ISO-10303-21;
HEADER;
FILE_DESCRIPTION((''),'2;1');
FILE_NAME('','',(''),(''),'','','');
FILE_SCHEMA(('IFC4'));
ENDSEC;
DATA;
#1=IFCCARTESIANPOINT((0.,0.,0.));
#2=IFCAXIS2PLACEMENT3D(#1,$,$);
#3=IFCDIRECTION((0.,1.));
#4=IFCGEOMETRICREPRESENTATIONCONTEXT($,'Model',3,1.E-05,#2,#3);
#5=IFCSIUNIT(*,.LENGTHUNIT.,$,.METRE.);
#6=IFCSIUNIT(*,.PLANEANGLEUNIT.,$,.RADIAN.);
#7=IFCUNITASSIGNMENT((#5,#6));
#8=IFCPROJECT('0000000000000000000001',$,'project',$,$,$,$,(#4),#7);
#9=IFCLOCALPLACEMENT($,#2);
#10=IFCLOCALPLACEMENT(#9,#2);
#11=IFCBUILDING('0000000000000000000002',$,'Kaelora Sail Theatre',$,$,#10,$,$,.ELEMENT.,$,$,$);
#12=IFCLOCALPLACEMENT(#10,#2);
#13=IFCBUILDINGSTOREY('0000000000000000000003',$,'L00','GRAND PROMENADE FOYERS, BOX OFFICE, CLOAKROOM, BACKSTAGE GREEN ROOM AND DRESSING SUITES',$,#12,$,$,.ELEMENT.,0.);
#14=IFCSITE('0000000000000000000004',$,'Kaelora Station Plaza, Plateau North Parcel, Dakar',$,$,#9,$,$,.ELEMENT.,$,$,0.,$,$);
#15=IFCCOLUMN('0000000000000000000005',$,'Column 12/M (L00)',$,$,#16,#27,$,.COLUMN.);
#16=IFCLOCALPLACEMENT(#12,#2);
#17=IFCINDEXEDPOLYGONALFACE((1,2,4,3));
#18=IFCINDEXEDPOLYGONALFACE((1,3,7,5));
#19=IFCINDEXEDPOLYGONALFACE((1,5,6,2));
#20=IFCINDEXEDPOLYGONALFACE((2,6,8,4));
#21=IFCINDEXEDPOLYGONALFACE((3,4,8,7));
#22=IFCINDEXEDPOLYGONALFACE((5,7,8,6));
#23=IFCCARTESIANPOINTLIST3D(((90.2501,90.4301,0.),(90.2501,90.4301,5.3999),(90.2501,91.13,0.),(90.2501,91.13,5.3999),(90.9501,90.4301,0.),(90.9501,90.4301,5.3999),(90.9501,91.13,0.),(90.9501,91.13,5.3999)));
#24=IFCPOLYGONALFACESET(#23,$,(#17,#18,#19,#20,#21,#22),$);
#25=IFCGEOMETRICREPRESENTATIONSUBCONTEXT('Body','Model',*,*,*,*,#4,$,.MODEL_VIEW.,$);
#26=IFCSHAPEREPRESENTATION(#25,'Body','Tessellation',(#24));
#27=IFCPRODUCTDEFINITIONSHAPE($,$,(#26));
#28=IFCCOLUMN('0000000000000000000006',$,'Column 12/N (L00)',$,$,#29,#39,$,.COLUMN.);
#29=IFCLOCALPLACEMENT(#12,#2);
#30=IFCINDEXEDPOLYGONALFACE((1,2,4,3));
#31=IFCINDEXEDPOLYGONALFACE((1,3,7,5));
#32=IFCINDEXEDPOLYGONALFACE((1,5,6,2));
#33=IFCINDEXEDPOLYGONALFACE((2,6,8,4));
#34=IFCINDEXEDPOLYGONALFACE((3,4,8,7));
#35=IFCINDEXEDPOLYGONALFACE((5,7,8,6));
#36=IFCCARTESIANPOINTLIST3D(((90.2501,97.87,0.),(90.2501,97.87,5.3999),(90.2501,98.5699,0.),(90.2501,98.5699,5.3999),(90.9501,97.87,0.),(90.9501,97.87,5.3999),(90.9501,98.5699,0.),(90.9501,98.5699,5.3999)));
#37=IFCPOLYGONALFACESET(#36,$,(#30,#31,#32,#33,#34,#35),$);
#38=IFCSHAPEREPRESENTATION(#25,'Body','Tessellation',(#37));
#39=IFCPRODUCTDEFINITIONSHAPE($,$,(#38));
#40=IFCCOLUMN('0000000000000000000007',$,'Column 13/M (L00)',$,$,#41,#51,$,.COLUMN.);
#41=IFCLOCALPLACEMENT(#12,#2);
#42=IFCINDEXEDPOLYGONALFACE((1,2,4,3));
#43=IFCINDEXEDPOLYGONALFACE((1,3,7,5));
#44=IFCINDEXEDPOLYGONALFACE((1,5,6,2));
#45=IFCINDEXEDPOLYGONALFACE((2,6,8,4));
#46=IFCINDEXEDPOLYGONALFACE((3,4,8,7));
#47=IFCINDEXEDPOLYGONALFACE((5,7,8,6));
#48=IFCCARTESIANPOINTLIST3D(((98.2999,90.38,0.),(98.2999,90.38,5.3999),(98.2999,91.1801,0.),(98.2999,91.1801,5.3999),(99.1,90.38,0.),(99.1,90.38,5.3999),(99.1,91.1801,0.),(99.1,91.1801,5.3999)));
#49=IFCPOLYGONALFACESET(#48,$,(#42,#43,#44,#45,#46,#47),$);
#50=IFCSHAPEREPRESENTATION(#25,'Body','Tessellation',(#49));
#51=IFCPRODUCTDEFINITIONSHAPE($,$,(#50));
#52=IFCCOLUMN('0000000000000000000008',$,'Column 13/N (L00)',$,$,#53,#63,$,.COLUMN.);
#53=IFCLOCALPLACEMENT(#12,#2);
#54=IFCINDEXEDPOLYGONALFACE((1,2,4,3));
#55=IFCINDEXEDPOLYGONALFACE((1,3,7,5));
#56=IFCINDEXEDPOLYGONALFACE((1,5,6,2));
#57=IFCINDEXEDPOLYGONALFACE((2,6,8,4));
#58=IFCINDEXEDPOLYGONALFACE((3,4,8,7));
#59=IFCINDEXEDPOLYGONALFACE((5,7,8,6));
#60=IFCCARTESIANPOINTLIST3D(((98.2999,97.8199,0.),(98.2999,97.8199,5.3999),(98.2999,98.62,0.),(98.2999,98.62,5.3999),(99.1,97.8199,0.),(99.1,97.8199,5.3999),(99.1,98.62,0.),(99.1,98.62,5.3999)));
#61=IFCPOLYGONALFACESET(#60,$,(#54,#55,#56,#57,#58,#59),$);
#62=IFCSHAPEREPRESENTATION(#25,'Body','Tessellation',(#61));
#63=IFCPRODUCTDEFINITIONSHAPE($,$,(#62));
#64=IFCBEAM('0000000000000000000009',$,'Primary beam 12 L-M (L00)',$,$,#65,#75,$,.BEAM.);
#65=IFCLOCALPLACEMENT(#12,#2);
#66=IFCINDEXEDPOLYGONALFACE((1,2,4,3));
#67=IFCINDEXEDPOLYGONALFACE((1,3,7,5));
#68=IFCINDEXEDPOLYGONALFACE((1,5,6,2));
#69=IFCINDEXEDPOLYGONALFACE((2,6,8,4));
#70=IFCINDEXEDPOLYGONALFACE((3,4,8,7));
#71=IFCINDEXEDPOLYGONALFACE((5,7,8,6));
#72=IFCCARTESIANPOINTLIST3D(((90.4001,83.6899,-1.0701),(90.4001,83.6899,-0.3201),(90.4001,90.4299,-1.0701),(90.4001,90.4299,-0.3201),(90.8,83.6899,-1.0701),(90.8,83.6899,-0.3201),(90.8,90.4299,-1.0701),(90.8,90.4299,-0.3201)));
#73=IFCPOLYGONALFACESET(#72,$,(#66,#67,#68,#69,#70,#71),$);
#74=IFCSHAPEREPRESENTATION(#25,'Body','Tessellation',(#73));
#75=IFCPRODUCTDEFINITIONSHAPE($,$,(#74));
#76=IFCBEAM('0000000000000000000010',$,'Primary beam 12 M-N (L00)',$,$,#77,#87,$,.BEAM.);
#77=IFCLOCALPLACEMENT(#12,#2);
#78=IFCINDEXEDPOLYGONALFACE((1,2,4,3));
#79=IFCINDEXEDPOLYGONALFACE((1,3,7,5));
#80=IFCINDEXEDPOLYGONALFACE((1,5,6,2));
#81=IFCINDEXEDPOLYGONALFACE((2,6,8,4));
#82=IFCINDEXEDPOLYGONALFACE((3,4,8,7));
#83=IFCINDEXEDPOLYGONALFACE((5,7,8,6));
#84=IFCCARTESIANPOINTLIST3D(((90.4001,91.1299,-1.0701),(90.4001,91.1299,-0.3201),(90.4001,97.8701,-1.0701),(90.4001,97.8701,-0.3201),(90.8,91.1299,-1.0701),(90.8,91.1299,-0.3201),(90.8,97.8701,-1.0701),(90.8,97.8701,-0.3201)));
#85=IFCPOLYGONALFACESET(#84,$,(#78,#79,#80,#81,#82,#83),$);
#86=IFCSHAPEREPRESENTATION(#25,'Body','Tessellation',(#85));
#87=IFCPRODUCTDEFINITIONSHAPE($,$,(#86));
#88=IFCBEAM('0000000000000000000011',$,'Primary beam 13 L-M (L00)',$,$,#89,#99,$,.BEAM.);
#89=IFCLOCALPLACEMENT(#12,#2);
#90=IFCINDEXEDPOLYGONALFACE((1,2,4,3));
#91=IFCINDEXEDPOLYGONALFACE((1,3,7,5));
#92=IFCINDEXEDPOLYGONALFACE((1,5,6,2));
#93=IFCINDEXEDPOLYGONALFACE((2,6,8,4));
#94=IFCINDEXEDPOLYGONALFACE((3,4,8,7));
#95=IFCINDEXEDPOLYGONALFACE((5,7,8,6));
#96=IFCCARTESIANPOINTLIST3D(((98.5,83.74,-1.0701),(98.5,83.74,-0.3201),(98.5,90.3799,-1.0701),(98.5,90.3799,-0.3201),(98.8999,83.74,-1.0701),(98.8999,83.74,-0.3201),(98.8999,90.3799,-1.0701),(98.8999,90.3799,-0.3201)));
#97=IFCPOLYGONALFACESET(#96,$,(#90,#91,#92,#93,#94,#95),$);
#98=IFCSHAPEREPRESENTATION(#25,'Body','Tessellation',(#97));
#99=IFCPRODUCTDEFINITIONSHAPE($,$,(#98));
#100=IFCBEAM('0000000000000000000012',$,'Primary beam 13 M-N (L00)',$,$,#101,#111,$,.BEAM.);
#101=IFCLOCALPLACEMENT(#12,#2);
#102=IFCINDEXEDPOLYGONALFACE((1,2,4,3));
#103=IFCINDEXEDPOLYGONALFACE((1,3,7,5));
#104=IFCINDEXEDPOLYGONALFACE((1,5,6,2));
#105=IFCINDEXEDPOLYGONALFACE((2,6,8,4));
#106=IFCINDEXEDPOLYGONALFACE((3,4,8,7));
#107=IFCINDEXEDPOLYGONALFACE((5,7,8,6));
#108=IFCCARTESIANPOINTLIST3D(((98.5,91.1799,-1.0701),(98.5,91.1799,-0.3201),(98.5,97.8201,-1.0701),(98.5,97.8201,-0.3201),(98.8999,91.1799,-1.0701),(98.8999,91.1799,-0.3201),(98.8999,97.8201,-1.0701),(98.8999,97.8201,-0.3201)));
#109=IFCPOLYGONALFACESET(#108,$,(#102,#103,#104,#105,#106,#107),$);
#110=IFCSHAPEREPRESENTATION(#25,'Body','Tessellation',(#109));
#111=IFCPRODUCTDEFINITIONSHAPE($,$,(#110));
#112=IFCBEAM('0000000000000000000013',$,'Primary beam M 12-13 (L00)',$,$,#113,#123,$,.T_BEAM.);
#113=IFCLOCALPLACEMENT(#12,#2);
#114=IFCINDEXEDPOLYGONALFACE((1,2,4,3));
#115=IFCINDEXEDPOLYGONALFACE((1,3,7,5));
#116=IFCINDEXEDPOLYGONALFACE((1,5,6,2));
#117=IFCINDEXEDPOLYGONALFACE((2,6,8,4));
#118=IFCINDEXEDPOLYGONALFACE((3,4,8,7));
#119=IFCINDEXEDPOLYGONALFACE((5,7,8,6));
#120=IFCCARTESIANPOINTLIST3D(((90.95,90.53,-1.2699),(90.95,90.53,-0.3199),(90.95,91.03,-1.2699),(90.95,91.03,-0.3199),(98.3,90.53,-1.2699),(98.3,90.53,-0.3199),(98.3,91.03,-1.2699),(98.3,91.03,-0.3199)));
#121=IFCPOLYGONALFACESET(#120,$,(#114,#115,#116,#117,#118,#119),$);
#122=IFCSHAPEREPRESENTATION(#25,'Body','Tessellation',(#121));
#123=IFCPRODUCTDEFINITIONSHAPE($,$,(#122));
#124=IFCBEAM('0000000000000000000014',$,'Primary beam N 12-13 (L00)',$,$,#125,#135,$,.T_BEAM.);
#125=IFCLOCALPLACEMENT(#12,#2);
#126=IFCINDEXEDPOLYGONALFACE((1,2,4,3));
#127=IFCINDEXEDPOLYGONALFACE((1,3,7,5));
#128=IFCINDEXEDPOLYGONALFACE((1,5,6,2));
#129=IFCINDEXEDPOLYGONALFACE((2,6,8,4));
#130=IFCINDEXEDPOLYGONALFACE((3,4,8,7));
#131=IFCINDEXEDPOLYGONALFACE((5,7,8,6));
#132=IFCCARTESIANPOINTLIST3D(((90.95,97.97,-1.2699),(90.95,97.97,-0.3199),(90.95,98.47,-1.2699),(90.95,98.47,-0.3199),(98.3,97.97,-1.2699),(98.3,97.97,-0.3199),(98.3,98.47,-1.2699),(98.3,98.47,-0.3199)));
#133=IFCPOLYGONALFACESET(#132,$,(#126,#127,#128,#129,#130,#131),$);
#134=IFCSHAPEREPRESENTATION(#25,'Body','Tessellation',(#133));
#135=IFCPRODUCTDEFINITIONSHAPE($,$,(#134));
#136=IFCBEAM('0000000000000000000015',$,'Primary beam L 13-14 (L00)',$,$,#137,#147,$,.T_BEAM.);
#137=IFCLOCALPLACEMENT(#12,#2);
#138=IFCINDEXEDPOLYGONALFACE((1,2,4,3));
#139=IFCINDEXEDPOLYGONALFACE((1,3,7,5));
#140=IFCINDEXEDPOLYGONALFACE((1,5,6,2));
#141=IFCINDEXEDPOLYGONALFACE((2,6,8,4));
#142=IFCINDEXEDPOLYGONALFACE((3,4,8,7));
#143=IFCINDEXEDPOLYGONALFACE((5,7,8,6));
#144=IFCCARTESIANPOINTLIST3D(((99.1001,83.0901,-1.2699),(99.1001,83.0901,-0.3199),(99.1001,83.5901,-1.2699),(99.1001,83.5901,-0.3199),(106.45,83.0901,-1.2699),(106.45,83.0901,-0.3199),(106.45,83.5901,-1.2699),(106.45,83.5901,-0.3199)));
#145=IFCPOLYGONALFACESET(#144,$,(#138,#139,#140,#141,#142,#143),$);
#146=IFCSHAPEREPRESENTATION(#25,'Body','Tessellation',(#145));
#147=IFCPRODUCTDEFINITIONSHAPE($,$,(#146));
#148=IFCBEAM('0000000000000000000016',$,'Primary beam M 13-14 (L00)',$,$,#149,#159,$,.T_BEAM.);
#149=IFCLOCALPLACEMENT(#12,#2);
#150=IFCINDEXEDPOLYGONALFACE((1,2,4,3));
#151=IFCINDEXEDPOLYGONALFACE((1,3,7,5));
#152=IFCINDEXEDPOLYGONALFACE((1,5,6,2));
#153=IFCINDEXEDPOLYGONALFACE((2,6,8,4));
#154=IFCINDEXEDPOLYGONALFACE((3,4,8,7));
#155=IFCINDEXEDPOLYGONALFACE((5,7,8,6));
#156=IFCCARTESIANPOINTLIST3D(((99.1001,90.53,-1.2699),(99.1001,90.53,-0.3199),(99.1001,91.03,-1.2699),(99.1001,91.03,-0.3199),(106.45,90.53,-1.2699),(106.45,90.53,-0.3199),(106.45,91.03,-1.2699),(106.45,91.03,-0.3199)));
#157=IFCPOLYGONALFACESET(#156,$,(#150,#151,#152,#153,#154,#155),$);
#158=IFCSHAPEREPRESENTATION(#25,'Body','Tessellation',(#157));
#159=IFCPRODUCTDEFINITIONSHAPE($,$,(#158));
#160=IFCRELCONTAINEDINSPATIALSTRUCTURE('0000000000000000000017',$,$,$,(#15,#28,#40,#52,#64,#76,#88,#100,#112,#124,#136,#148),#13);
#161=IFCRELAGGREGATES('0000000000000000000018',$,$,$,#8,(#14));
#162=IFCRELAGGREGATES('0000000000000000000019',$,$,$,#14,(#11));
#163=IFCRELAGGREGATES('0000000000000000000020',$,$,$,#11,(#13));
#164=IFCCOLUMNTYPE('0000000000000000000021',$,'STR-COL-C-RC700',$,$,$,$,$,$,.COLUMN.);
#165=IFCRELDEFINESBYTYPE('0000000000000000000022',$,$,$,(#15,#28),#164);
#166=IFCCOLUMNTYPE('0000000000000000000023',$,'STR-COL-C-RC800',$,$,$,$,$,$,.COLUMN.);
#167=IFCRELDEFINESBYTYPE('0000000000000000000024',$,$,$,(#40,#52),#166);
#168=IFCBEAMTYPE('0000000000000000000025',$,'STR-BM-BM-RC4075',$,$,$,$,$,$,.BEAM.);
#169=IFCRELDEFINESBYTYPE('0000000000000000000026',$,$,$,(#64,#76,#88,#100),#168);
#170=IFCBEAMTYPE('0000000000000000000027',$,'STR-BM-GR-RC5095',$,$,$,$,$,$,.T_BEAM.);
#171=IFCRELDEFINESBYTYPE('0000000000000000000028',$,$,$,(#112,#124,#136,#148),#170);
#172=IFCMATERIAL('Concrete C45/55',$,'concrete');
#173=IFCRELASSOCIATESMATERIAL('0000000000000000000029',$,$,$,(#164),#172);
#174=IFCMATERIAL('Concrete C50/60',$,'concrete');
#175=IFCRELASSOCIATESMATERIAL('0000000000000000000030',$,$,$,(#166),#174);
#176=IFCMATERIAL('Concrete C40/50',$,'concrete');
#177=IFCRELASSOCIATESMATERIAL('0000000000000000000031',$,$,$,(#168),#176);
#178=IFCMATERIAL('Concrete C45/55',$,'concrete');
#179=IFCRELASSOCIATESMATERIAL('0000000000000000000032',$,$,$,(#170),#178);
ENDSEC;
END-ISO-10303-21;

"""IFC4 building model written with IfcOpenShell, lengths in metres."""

from ifc_helpers import new_model, si_unit, direction, frame, origin, origin_2d, place, context, subcontext, project, spatial, rectangle, extrude, material, material_profile, profile_set, type_object, element, save


model = new_model("IFC4")

# Units and contexts
model_context = context("Model", 3, precision=1e-05, world=origin(), true_north=direction((0.0, 1.0)))
body_context = subcontext(model_context, "Body", "Model", "MODEL_VIEW")
ifc_project = project(units=[si_unit("LENGTHUNIT", "METRE"), si_unit("PLANEANGLEUNIT", "RADIAN")], contexts=[model_context])

# Site, building, storey
site_placement = place(None, origin())
site = spatial("IfcSite", under=ifc_project, at=site_placement, Name="Kaelora Station Plaza, Plateau North Parcel, Dakar", CompositionType="ELEMENT", RefElevation=0.0)
building_placement = place(site_placement, origin())
building = spatial("IfcBuilding", under=site, at=building_placement, Name="Kaelora Sail Theatre", CompositionType="ELEMENT")
storey_placement = place(building_placement, origin())
storey = spatial("IfcBuildingStorey", under=building, at=storey_placement, Name="L00", Description="GRAND PROMENADE FOYERS, BOX OFFICE, CLOAKROOM, BACKSTAGE GREEN ROOM AND DRESSING SUITES", CompositionType="ELEMENT", Elevation=0.0)

# Columns
ifc_material_1 = material(Name="Concrete C45/55", Category="concrete")
ifc_material_profile_1 = material_profile(ifc_material_1, rectangle(XDim=0.7, YDim=0.7, at=origin_2d()), Name="RC-COL 700x700")
ifc_profile_set_1 = profile_set([ifc_material_profile_1], Name="Concrete C45/55")
column_type_1 = type_object("IfcColumnType", Name="STR-COL-C-RC700", PredefinedType="COLUMN", material=ifc_profile_set_1)
for number, where, z_axis, x_axis, name in (
    (1, (90.6001, 90.78, 0.0), (0.0, 0.0, 1.0), (1.0, 0.0, 0.0), "Column 12/M (L00)"),
    (2, (90.6001, 98.22, 0.0), (0.0, 0.0, 1.0), (1.0, 0.0, 0.0), "Column 12/N (L00)"),
):
    element("IfcColumn", number, at=place(storey_placement, frame(where, z_axis=z_axis, x_axis=x_axis)), inside=storey, type_object=column_type_1, Name=name, PredefinedType="COLUMN", context=body_context, shape_type="SweptSolid", body=[
        extrude(rectangle(XDim=0.7, YDim=0.7, at=origin_2d()), origin(), (0.0, 0.0, 1.0), 5.3999),
    ])
ifc_material_2 = material(Name="Concrete C50/60", Category="concrete")
ifc_material_profile_2 = material_profile(ifc_material_2, rectangle(XDim=0.8, YDim=0.8, at=origin_2d()), Name="RC-COL 800x800")
ifc_profile_set_2 = profile_set([ifc_material_profile_2], Name="Concrete C50/60")
column_type_2 = type_object("IfcColumnType", Name="STR-COL-C-RC800", PredefinedType="COLUMN", material=ifc_profile_set_2)
for number, where, z_axis, x_axis, name in (
    (3, (98.7, 90.78, 0.0), (0.0, 0.0, 1.0), (1.0, 0.0, 0.0), "Column 13/M (L00)"),
    (4, (98.7, 98.22, 0.0), (0.0, 0.0, 1.0), (1.0, 0.0, 0.0), "Column 13/N (L00)"),
):
    element("IfcColumn", number, at=place(storey_placement, frame(where, z_axis=z_axis, x_axis=x_axis)), inside=storey, type_object=column_type_2, Name=name, PredefinedType="COLUMN", context=body_context, shape_type="SweptSolid", body=[
        extrude(rectangle(XDim=0.8, YDim=0.8, at=origin_2d()), origin(), (0.0, 0.0, 1.0), 5.3999),
    ])

# Beams
ifc_material_3 = material(Name="Concrete C40/50", Category="concrete")
ifc_material_profile_3 = material_profile(ifc_material_3, rectangle(XDim=0.3999, YDim=0.75, at=origin_2d()), Name="RC-BM 400x750")
ifc_profile_set_3 = profile_set([ifc_material_profile_3], Name="Concrete C40/50")
beam_type_1 = type_object("IfcBeamType", Name="STR-BM-BM-RC4075", PredefinedType="BEAM", material=ifc_profile_set_3)
beam_1_placement = place(storey_placement, frame((90.6001, 83.6899, -0.6951), z_axis=(0.0, 1.0, 0.0), x_axis=(-1.0, 0.0, 0.0)))
element("IfcBeam", 5, at=beam_1_placement, inside=storey, type_object=beam_type_1, Name="Primary beam 12 L-M (L00)", PredefinedType="BEAM", context=body_context, shape_type="SweptSolid", body=[
    extrude(rectangle(XDim=0.3999, YDim=0.75, at=origin_2d()), origin(), (0.0, 0.0, 1.0), 6.74),
])
beam_2_placement = place(storey_placement, frame((90.6001, 91.1299, -0.6951), z_axis=(0.0, 1.0, 0.0), x_axis=(-1.0, 0.0, 0.0)))
element("IfcBeam", 6, at=beam_2_placement, inside=storey, type_object=beam_type_1, Name="Primary beam 12 M-N (L00)", PredefinedType="BEAM", context=body_context, shape_type="SweptSolid", body=[
    extrude(rectangle(XDim=0.3999, YDim=0.75, at=origin_2d()), origin(), (0.0, 0.0, 1.0), 6.7402),
])
beam_3_placement = place(storey_placement, frame((98.7, 83.74, -0.6951), z_axis=(0.0, 1.0, 0.0), x_axis=(-1.0, 0.0, 0.0)))
element("IfcBeam", 7, at=beam_3_placement, inside=storey, type_object=beam_type_1, Name="Primary beam 13 L-M (L00)", PredefinedType="BEAM", context=body_context, shape_type="SweptSolid", body=[
    extrude(rectangle(XDim=0.3999, YDim=0.75, at=origin_2d()), origin(), (0.0, 0.0, 1.0), 6.6399),
])
beam_4_placement = place(storey_placement, frame((98.7, 91.1799, -0.6951), z_axis=(0.0, 1.0, 0.0), x_axis=(-1.0, 0.0, 0.0)))
element("IfcBeam", 8, at=beam_4_placement, inside=storey, type_object=beam_type_1, Name="Primary beam 13 M-N (L00)", PredefinedType="BEAM", context=body_context, shape_type="SweptSolid", body=[
    extrude(rectangle(XDim=0.3999, YDim=0.75, at=origin_2d()), origin(), (0.0, 0.0, 1.0), 6.6401),
])
ifc_material_4 = material(Name="Concrete C45/55", Category="concrete")
ifc_material_profile_4 = material_profile(ifc_material_4, rectangle(XDim=0.5, YDim=0.95, at=origin_2d()), Name="RC-GRD 500x950")
ifc_profile_set_4 = profile_set([ifc_material_profile_4], Name="Concrete C45/55")
beam_type_2 = type_object("IfcBeamType", Name="STR-BM-GR-RC5095", PredefinedType="T_BEAM", material=ifc_profile_set_4)
for number, where, z_axis, x_axis, name in (
    (9, (90.95, 90.78, -0.7949), (1.0, 0.0, 0.0), (0.0, 1.0, 0.0), "Primary beam M 12-13 (L00)"),
    (10, (90.95, 98.22, -0.7949), (1.0, 0.0, 0.0), (0.0, 1.0, 0.0), "Primary beam N 12-13 (L00)"),
):
    element("IfcBeam", number, at=place(storey_placement, frame(where, z_axis=z_axis, x_axis=x_axis)), inside=storey, type_object=beam_type_2, Name=name, PredefinedType="T_BEAM", context=body_context, shape_type="SweptSolid", body=[
        extrude(rectangle(XDim=0.5, YDim=0.95, at=origin_2d()), origin(), (0.0, 0.0, 1.0), 7.3501),
    ])
for number, where, z_axis, x_axis, name in (
    (11, (99.1001, 83.3401, -0.7949), (1.0, 0.0, 0.0), (0.0, 1.0, 0.0), "Primary beam L 13-14 (L00)"),
    (12, (99.1001, 90.78, -0.7949), (1.0, 0.0, 0.0), (0.0, 1.0, 0.0), "Primary beam M 13-14 (L00)"),
):
    element("IfcBeam", number, at=place(storey_placement, frame(where, z_axis=z_axis, x_axis=x_axis)), inside=storey, type_object=beam_type_2, Name=name, PredefinedType="T_BEAM", context=body_context, shape_type="SweptSolid", body=[
        extrude(rectangle(XDim=0.5, YDim=0.95, at=origin_2d()), origin(), (0.0, 0.0, 1.0), 7.3499),
    ])

save(model, "model.ifc")
